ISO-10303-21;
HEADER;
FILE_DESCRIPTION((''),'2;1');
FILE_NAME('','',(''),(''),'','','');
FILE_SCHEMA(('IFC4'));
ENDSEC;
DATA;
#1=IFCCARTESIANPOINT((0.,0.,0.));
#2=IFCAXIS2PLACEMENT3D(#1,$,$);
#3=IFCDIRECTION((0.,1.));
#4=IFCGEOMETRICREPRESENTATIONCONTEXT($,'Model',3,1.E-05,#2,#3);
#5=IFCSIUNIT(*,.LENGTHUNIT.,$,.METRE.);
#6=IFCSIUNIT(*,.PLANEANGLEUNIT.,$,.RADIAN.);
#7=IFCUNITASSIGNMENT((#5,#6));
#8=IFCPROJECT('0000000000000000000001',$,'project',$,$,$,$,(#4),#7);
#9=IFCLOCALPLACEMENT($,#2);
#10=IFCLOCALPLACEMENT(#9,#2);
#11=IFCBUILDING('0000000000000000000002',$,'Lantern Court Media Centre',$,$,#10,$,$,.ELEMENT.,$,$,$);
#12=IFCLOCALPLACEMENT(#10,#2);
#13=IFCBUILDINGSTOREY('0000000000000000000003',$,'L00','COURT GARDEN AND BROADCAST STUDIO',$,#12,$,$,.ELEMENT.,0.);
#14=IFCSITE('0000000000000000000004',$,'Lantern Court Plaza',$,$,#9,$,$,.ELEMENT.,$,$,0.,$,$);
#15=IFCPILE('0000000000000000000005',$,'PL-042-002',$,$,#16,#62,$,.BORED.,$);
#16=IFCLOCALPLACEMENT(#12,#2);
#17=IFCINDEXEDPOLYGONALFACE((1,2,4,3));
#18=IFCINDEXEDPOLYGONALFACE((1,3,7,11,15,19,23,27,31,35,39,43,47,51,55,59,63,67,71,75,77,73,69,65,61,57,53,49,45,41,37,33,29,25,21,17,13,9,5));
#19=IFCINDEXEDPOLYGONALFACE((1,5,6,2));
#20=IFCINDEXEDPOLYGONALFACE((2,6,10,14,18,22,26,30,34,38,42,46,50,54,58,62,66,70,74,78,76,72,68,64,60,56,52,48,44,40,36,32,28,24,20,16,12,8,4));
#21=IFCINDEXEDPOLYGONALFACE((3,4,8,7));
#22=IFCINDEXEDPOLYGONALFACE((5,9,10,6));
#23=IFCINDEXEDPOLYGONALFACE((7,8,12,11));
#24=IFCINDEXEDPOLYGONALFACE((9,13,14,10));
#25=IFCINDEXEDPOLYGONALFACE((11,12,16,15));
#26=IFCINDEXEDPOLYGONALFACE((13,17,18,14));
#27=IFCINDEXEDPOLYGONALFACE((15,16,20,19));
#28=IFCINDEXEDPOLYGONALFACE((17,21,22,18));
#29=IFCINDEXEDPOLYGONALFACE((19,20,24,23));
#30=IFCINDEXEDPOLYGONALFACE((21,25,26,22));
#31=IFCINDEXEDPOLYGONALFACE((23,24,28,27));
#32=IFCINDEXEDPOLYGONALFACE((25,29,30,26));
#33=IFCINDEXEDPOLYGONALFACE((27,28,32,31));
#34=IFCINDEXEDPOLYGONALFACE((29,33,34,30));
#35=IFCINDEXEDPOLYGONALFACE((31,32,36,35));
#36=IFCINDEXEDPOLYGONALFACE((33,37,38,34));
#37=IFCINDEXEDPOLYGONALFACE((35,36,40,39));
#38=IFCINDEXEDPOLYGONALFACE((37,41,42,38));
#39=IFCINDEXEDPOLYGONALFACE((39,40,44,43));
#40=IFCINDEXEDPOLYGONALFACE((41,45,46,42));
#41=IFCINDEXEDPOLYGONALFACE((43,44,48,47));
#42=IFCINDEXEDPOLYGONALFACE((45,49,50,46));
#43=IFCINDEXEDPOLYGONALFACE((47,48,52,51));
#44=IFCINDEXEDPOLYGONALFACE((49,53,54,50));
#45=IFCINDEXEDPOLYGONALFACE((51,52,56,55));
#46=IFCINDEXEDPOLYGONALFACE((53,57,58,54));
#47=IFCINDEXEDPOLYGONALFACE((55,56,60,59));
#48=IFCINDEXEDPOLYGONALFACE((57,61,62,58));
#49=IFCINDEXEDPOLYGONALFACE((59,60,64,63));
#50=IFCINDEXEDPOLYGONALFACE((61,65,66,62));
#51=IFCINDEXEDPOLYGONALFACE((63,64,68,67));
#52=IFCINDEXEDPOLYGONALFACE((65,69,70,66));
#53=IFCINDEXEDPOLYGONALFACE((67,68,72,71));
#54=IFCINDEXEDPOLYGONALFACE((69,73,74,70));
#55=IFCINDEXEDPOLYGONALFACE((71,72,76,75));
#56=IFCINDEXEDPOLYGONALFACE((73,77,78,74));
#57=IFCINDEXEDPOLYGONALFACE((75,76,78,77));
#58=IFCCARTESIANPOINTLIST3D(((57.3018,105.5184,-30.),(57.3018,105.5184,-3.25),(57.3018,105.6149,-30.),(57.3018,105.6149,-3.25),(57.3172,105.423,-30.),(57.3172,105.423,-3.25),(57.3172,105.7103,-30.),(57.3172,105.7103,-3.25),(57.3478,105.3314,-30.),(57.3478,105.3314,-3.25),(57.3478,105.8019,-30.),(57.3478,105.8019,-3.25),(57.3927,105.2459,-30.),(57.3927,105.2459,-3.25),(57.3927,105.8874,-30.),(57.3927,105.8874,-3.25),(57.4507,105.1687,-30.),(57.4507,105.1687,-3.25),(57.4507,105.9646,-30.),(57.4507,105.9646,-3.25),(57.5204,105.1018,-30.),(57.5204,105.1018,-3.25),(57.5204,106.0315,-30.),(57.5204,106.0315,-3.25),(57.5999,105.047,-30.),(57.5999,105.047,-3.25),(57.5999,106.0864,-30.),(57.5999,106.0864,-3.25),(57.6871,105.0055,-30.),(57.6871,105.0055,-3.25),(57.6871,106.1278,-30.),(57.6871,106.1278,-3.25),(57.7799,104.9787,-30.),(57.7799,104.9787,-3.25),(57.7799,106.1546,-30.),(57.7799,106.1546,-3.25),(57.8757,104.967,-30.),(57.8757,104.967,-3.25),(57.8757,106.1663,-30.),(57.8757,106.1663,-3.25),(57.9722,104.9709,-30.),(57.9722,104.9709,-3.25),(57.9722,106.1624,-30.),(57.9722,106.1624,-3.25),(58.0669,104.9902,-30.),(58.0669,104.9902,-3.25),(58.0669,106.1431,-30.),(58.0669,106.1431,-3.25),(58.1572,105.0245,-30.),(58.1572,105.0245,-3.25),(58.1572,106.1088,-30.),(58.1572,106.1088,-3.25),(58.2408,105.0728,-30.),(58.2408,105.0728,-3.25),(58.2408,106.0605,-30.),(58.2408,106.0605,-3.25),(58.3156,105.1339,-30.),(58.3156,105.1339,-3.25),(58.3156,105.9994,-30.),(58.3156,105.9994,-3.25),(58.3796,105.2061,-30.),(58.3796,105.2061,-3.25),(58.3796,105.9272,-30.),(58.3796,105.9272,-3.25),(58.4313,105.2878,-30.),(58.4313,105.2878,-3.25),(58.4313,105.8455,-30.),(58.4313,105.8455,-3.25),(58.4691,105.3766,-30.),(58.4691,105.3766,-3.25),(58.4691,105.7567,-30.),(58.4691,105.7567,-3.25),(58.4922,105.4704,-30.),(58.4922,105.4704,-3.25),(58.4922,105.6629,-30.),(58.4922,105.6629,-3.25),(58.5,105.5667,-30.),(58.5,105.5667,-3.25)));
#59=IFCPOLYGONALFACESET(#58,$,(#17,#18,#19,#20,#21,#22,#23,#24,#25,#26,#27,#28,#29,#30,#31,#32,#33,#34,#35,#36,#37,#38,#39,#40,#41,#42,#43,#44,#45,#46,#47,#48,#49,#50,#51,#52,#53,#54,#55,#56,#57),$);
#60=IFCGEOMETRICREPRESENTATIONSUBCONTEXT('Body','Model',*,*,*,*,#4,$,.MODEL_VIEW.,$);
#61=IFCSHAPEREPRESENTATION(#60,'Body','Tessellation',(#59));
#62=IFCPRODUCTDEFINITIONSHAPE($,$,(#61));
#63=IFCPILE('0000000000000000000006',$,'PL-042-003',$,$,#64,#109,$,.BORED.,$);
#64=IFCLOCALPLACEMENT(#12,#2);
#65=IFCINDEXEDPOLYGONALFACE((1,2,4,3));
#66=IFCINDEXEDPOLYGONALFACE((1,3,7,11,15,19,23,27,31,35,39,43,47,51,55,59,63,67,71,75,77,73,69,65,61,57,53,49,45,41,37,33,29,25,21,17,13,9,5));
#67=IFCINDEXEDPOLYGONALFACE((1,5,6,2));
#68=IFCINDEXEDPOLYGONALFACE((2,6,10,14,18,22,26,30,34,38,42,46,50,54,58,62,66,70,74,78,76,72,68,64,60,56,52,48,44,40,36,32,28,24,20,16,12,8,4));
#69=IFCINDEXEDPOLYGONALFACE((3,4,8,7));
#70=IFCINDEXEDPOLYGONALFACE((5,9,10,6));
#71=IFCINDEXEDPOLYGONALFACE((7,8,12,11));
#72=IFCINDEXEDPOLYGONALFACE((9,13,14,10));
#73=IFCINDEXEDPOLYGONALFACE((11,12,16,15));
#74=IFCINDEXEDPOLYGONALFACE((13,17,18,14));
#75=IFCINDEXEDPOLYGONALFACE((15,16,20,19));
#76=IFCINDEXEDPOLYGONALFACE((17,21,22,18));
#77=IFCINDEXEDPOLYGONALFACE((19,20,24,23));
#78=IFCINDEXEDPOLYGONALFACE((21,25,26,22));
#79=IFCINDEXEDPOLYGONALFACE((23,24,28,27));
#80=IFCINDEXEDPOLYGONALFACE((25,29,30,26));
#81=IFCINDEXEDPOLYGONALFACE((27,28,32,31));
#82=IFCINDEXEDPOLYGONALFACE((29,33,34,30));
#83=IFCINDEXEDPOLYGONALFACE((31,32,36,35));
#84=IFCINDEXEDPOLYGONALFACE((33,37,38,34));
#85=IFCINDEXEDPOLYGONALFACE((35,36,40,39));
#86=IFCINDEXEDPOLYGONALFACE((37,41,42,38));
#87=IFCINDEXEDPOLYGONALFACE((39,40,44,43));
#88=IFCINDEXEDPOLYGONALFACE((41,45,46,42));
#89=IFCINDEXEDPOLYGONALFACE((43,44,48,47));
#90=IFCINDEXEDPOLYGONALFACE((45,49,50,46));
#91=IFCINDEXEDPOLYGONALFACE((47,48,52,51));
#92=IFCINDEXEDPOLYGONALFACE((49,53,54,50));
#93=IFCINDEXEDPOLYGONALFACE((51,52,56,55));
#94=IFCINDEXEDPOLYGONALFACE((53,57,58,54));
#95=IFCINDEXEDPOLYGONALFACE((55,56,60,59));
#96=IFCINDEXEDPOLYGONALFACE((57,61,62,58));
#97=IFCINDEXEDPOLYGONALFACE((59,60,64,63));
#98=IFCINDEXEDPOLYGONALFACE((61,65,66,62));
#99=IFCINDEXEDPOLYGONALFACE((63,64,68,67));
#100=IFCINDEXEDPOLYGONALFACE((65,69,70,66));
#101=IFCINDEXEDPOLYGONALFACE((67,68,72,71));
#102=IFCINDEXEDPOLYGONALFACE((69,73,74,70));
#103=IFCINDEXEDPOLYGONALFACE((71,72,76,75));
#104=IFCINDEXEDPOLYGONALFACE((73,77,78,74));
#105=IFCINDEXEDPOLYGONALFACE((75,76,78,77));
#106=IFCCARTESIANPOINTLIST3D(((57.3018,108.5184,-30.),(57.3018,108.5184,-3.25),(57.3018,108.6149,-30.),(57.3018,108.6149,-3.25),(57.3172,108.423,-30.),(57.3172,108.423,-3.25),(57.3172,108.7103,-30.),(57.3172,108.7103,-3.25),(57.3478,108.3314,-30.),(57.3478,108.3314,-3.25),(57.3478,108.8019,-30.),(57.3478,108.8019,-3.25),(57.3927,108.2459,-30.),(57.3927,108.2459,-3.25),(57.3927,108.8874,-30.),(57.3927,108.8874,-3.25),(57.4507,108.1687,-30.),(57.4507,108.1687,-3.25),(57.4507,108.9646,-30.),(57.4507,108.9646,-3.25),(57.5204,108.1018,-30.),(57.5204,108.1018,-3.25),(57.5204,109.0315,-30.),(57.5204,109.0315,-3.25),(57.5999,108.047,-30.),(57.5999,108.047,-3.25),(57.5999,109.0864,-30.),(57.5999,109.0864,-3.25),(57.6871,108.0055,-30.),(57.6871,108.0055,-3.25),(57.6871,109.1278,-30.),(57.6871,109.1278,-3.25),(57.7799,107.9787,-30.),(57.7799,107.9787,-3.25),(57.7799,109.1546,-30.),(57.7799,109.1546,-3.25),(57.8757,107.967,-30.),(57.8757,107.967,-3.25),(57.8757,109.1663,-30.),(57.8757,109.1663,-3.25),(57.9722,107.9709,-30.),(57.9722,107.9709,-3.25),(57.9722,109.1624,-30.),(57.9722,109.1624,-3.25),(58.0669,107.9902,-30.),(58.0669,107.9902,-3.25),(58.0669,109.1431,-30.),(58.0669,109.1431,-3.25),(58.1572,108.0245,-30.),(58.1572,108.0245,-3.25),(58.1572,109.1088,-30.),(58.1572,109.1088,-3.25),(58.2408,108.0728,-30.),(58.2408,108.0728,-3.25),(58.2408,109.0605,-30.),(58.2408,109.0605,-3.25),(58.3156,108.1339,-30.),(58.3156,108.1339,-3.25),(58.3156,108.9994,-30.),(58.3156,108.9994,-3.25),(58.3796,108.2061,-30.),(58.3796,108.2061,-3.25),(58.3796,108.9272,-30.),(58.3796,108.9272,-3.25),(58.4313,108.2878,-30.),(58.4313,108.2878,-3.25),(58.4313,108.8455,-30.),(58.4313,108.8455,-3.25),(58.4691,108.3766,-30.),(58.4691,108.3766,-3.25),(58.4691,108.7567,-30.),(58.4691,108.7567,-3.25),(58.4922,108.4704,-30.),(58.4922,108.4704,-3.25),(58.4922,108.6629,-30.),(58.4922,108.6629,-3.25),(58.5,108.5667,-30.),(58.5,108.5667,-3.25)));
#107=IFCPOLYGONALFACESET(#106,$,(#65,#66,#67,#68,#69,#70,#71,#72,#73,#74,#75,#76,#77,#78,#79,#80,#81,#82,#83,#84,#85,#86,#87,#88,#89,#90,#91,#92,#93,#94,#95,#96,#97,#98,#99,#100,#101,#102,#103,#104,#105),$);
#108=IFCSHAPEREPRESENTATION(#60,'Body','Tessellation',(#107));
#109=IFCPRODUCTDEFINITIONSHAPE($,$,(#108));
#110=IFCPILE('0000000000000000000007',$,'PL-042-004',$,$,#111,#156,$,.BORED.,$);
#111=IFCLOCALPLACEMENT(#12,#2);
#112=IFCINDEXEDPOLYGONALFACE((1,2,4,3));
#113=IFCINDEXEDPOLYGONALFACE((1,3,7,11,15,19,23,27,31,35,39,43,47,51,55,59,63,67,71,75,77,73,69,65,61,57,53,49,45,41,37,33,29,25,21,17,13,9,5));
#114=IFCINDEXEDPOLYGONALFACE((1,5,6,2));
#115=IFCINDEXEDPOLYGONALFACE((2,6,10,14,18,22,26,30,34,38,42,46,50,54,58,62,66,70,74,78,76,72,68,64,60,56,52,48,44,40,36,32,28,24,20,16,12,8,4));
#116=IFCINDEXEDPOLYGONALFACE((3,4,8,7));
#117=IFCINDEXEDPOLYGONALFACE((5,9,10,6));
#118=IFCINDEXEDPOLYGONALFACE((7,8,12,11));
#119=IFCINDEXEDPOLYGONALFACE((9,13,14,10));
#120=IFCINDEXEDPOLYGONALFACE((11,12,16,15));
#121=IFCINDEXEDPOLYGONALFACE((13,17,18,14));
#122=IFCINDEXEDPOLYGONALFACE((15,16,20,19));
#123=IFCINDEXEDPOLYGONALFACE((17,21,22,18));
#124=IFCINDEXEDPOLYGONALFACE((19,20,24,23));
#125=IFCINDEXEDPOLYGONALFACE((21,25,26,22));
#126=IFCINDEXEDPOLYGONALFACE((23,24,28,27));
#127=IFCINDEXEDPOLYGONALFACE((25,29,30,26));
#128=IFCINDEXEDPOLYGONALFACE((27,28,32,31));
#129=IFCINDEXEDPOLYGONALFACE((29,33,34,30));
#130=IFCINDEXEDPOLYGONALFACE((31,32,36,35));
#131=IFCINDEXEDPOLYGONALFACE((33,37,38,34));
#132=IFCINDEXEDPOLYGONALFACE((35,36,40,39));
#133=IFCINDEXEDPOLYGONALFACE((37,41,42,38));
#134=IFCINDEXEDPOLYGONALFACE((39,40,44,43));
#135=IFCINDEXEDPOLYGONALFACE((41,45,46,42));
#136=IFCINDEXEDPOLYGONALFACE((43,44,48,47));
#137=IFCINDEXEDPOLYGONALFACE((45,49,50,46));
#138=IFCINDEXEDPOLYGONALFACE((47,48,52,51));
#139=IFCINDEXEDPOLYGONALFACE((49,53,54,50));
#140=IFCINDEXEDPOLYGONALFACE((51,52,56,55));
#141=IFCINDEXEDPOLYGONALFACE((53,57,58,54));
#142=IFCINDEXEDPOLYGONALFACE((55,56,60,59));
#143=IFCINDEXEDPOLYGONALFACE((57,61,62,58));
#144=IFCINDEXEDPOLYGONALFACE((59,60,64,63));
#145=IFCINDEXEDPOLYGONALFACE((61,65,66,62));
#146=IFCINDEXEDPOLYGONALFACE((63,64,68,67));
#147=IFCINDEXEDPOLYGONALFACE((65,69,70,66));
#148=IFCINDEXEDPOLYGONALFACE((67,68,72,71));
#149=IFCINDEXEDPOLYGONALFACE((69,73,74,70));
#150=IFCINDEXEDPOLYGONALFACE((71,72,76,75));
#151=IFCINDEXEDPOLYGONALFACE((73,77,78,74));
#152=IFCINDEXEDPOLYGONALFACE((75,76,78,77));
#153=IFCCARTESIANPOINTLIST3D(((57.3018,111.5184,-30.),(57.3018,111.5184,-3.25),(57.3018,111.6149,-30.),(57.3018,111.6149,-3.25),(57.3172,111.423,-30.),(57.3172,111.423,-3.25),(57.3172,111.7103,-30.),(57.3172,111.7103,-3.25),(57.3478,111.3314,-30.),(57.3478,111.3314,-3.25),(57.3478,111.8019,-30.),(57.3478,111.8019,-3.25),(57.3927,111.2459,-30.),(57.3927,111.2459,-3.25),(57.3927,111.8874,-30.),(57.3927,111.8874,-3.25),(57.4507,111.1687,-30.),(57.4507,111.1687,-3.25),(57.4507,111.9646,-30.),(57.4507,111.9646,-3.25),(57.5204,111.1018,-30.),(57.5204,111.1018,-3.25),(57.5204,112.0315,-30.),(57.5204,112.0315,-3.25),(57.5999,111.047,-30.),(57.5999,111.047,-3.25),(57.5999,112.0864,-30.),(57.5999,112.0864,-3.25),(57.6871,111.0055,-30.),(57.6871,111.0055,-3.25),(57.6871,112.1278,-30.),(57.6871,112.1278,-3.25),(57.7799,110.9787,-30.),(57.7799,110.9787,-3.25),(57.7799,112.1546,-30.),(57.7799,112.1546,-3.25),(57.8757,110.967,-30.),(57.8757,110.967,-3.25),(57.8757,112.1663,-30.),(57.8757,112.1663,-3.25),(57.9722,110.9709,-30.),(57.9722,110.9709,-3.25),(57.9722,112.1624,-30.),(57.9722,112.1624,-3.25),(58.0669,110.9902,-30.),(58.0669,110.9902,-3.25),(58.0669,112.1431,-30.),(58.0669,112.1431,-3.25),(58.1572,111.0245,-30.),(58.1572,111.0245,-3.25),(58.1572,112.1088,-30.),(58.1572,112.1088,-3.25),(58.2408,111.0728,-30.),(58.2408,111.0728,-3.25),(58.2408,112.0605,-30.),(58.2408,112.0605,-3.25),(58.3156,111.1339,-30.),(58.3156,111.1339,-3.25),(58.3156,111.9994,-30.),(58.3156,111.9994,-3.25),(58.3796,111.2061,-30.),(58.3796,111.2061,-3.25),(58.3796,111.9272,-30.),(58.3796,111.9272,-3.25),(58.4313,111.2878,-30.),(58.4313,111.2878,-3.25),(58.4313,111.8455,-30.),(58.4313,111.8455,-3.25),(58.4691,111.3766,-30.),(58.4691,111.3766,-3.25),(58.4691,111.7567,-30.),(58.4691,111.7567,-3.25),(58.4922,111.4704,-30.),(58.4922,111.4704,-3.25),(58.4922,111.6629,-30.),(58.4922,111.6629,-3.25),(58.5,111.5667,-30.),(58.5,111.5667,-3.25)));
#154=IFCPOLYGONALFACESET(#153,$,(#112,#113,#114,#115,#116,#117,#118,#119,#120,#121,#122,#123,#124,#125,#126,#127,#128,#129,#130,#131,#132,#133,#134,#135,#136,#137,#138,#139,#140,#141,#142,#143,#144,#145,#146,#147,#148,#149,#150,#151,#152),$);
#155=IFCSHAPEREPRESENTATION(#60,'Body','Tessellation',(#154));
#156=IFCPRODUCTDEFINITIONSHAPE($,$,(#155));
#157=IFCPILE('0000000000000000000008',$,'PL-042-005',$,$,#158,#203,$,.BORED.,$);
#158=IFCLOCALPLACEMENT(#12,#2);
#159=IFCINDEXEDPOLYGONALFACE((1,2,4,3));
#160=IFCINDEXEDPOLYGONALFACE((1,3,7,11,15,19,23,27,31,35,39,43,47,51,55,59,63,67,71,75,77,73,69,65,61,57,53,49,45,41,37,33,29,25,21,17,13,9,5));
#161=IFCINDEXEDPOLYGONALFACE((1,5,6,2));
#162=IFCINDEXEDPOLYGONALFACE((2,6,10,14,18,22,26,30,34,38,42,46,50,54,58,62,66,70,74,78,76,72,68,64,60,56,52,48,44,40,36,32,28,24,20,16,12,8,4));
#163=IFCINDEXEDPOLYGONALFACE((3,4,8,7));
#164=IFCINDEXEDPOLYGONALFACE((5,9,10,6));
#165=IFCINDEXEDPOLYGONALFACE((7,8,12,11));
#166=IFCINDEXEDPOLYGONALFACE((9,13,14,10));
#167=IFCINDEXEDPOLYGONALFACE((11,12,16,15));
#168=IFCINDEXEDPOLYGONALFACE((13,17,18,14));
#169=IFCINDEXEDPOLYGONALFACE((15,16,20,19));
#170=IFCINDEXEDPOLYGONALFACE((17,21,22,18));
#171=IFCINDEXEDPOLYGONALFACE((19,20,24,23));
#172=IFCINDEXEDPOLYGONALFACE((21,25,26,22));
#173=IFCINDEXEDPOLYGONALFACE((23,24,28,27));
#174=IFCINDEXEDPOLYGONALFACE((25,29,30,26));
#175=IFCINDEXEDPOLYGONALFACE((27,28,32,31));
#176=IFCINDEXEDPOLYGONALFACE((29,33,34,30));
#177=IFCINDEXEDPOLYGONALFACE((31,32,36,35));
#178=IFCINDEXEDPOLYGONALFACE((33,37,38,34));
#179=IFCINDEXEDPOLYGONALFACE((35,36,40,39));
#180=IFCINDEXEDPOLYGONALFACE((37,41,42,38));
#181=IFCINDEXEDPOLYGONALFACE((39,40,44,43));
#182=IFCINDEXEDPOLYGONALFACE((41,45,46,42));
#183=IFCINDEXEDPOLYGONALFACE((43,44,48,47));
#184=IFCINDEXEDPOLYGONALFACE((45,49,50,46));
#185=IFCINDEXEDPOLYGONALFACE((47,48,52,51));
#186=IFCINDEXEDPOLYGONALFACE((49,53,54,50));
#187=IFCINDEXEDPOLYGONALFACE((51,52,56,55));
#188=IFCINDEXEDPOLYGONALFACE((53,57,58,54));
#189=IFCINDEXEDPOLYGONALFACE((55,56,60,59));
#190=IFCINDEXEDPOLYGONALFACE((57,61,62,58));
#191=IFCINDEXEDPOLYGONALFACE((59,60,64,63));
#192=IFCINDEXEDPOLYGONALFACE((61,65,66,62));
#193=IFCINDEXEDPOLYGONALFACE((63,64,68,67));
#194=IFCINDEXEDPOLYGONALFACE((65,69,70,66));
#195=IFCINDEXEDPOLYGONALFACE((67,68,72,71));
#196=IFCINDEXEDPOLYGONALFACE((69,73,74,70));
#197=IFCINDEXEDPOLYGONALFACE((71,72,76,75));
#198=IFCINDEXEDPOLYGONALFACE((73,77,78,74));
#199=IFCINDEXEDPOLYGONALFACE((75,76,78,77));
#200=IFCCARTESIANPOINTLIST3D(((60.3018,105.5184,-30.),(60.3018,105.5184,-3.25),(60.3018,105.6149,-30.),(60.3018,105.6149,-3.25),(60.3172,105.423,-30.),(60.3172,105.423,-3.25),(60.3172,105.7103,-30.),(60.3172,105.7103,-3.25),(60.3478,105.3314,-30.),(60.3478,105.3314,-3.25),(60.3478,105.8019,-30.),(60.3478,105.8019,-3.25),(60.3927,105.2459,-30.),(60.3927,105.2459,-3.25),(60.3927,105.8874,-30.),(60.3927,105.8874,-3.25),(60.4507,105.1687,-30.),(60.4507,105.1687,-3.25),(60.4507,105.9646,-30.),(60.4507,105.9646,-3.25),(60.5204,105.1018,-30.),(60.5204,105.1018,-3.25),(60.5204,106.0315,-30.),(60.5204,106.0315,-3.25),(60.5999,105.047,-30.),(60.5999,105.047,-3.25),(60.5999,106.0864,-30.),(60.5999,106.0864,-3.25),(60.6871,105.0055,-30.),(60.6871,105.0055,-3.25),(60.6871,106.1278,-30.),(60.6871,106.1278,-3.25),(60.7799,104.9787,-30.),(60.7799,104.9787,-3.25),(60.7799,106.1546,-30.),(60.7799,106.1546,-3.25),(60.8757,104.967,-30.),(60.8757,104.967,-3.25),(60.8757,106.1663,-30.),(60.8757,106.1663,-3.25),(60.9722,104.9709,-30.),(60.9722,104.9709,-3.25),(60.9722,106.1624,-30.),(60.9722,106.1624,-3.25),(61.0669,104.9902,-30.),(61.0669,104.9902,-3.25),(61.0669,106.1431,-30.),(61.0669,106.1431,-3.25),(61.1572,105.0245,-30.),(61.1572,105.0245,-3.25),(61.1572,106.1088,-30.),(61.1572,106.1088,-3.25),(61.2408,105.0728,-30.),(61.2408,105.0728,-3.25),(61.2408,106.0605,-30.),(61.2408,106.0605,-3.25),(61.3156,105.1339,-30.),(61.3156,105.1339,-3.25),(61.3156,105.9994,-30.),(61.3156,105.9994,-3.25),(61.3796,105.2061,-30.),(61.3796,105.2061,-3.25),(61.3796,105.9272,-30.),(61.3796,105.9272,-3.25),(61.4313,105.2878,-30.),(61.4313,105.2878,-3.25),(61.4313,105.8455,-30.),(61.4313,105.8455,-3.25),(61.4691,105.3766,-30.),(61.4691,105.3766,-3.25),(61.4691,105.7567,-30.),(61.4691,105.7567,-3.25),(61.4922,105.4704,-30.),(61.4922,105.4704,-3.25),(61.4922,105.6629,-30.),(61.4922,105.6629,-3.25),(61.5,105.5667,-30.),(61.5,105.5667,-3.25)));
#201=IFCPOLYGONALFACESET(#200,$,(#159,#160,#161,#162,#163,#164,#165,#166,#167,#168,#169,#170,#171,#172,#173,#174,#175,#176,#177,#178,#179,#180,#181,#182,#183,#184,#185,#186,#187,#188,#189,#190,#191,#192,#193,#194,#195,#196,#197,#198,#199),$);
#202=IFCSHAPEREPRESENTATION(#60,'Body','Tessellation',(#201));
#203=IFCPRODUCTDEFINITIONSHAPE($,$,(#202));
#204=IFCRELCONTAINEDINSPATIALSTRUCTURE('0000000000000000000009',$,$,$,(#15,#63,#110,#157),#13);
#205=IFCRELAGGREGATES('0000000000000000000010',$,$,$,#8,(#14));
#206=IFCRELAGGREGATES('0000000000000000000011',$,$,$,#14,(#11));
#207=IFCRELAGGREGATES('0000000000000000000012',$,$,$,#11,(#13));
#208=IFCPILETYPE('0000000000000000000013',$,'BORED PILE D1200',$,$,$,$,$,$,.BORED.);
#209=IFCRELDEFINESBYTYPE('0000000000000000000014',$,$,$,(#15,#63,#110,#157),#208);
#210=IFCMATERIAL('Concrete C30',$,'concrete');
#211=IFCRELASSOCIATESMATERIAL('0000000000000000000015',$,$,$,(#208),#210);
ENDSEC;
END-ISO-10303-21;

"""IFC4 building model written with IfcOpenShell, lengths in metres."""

from ifc_helpers import new_model, si_unit, direction, frame, origin, origin_2d, place, context, subcontext, project, spatial, circle, extrude, material, material_profile, profile_set, type_object, element, save


model = new_model("IFC4")

# Units and contexts
model_context = context("Model", 3, precision=1e-05, world=origin(), true_north=direction((0.0, 1.0)))
body_context = subcontext(model_context, "Body", "Model", "MODEL_VIEW")
ifc_project = project(units=[si_unit("LENGTHUNIT", "METRE"), si_unit("PLANEANGLEUNIT", "RADIAN")], contexts=[model_context])

# Site, building, storey
site_placement = place(None, origin())
site = spatial("IfcSite", under=ifc_project, at=site_placement, Name="Lantern Court Plaza", CompositionType="ELEMENT", RefElevation=0.0)
building_placement = place(site_placement, origin())
building = spatial("IfcBuilding", under=site, at=building_placement, Name="Lantern Court Media Centre", CompositionType="ELEMENT")
storey_placement = place(building_placement, origin())
storey = spatial("IfcBuildingStorey", under=building, at=storey_placement, Name="L00", Description="COURT GARDEN AND BROADCAST STUDIO", CompositionType="ELEMENT", Elevation=0.0)

# Piles
ifc_material_1 = material(Name="Concrete C30", Category="concrete")
ifc_material_profile_1 = material_profile(ifc_material_1, circle(Radius=0.6001, at=origin_2d()), Name="D1200")
ifc_profile_set_1 = profile_set([ifc_material_profile_1], Name="Concrete C30")
pile_type = type_object("IfcPileType", Name="BORED PILE D1200", PredefinedType="BORED", material=ifc_profile_set_1)
for number, where, z_axis, x_axis, name in (
    (1, (57.8999, 105.5667, -3.25), (0.0, 0.0, -1.0), (1.0, 0.0, 0.0), "PL-042-002"),
    (2, (57.8999, 108.5667, -3.25), (0.0, 0.0, -1.0), (1.0, 0.0, 0.0), "PL-042-003"),
    (3, (57.8999, 111.5667, -3.25), (0.0, 0.0, -1.0), (1.0, 0.0, 0.0), "PL-042-004"),
    (4, (60.8999, 105.5667, -3.25), (0.0, 0.0, -1.0), (1.0, 0.0, 0.0), "PL-042-005"),
):
    element("IfcPile", number, at=place(storey_placement, frame(where, z_axis=z_axis, x_axis=x_axis)), inside=storey, type_object=pile_type, Name=name, PredefinedType="BORED", context=body_context, shape_type="SweptSolid", body=[
        extrude(circle(Radius=0.6001, at=origin_2d()), origin(), (0.0, 0.0, 1.0), 26.75),
    ])

save(model, "model.ifc")
